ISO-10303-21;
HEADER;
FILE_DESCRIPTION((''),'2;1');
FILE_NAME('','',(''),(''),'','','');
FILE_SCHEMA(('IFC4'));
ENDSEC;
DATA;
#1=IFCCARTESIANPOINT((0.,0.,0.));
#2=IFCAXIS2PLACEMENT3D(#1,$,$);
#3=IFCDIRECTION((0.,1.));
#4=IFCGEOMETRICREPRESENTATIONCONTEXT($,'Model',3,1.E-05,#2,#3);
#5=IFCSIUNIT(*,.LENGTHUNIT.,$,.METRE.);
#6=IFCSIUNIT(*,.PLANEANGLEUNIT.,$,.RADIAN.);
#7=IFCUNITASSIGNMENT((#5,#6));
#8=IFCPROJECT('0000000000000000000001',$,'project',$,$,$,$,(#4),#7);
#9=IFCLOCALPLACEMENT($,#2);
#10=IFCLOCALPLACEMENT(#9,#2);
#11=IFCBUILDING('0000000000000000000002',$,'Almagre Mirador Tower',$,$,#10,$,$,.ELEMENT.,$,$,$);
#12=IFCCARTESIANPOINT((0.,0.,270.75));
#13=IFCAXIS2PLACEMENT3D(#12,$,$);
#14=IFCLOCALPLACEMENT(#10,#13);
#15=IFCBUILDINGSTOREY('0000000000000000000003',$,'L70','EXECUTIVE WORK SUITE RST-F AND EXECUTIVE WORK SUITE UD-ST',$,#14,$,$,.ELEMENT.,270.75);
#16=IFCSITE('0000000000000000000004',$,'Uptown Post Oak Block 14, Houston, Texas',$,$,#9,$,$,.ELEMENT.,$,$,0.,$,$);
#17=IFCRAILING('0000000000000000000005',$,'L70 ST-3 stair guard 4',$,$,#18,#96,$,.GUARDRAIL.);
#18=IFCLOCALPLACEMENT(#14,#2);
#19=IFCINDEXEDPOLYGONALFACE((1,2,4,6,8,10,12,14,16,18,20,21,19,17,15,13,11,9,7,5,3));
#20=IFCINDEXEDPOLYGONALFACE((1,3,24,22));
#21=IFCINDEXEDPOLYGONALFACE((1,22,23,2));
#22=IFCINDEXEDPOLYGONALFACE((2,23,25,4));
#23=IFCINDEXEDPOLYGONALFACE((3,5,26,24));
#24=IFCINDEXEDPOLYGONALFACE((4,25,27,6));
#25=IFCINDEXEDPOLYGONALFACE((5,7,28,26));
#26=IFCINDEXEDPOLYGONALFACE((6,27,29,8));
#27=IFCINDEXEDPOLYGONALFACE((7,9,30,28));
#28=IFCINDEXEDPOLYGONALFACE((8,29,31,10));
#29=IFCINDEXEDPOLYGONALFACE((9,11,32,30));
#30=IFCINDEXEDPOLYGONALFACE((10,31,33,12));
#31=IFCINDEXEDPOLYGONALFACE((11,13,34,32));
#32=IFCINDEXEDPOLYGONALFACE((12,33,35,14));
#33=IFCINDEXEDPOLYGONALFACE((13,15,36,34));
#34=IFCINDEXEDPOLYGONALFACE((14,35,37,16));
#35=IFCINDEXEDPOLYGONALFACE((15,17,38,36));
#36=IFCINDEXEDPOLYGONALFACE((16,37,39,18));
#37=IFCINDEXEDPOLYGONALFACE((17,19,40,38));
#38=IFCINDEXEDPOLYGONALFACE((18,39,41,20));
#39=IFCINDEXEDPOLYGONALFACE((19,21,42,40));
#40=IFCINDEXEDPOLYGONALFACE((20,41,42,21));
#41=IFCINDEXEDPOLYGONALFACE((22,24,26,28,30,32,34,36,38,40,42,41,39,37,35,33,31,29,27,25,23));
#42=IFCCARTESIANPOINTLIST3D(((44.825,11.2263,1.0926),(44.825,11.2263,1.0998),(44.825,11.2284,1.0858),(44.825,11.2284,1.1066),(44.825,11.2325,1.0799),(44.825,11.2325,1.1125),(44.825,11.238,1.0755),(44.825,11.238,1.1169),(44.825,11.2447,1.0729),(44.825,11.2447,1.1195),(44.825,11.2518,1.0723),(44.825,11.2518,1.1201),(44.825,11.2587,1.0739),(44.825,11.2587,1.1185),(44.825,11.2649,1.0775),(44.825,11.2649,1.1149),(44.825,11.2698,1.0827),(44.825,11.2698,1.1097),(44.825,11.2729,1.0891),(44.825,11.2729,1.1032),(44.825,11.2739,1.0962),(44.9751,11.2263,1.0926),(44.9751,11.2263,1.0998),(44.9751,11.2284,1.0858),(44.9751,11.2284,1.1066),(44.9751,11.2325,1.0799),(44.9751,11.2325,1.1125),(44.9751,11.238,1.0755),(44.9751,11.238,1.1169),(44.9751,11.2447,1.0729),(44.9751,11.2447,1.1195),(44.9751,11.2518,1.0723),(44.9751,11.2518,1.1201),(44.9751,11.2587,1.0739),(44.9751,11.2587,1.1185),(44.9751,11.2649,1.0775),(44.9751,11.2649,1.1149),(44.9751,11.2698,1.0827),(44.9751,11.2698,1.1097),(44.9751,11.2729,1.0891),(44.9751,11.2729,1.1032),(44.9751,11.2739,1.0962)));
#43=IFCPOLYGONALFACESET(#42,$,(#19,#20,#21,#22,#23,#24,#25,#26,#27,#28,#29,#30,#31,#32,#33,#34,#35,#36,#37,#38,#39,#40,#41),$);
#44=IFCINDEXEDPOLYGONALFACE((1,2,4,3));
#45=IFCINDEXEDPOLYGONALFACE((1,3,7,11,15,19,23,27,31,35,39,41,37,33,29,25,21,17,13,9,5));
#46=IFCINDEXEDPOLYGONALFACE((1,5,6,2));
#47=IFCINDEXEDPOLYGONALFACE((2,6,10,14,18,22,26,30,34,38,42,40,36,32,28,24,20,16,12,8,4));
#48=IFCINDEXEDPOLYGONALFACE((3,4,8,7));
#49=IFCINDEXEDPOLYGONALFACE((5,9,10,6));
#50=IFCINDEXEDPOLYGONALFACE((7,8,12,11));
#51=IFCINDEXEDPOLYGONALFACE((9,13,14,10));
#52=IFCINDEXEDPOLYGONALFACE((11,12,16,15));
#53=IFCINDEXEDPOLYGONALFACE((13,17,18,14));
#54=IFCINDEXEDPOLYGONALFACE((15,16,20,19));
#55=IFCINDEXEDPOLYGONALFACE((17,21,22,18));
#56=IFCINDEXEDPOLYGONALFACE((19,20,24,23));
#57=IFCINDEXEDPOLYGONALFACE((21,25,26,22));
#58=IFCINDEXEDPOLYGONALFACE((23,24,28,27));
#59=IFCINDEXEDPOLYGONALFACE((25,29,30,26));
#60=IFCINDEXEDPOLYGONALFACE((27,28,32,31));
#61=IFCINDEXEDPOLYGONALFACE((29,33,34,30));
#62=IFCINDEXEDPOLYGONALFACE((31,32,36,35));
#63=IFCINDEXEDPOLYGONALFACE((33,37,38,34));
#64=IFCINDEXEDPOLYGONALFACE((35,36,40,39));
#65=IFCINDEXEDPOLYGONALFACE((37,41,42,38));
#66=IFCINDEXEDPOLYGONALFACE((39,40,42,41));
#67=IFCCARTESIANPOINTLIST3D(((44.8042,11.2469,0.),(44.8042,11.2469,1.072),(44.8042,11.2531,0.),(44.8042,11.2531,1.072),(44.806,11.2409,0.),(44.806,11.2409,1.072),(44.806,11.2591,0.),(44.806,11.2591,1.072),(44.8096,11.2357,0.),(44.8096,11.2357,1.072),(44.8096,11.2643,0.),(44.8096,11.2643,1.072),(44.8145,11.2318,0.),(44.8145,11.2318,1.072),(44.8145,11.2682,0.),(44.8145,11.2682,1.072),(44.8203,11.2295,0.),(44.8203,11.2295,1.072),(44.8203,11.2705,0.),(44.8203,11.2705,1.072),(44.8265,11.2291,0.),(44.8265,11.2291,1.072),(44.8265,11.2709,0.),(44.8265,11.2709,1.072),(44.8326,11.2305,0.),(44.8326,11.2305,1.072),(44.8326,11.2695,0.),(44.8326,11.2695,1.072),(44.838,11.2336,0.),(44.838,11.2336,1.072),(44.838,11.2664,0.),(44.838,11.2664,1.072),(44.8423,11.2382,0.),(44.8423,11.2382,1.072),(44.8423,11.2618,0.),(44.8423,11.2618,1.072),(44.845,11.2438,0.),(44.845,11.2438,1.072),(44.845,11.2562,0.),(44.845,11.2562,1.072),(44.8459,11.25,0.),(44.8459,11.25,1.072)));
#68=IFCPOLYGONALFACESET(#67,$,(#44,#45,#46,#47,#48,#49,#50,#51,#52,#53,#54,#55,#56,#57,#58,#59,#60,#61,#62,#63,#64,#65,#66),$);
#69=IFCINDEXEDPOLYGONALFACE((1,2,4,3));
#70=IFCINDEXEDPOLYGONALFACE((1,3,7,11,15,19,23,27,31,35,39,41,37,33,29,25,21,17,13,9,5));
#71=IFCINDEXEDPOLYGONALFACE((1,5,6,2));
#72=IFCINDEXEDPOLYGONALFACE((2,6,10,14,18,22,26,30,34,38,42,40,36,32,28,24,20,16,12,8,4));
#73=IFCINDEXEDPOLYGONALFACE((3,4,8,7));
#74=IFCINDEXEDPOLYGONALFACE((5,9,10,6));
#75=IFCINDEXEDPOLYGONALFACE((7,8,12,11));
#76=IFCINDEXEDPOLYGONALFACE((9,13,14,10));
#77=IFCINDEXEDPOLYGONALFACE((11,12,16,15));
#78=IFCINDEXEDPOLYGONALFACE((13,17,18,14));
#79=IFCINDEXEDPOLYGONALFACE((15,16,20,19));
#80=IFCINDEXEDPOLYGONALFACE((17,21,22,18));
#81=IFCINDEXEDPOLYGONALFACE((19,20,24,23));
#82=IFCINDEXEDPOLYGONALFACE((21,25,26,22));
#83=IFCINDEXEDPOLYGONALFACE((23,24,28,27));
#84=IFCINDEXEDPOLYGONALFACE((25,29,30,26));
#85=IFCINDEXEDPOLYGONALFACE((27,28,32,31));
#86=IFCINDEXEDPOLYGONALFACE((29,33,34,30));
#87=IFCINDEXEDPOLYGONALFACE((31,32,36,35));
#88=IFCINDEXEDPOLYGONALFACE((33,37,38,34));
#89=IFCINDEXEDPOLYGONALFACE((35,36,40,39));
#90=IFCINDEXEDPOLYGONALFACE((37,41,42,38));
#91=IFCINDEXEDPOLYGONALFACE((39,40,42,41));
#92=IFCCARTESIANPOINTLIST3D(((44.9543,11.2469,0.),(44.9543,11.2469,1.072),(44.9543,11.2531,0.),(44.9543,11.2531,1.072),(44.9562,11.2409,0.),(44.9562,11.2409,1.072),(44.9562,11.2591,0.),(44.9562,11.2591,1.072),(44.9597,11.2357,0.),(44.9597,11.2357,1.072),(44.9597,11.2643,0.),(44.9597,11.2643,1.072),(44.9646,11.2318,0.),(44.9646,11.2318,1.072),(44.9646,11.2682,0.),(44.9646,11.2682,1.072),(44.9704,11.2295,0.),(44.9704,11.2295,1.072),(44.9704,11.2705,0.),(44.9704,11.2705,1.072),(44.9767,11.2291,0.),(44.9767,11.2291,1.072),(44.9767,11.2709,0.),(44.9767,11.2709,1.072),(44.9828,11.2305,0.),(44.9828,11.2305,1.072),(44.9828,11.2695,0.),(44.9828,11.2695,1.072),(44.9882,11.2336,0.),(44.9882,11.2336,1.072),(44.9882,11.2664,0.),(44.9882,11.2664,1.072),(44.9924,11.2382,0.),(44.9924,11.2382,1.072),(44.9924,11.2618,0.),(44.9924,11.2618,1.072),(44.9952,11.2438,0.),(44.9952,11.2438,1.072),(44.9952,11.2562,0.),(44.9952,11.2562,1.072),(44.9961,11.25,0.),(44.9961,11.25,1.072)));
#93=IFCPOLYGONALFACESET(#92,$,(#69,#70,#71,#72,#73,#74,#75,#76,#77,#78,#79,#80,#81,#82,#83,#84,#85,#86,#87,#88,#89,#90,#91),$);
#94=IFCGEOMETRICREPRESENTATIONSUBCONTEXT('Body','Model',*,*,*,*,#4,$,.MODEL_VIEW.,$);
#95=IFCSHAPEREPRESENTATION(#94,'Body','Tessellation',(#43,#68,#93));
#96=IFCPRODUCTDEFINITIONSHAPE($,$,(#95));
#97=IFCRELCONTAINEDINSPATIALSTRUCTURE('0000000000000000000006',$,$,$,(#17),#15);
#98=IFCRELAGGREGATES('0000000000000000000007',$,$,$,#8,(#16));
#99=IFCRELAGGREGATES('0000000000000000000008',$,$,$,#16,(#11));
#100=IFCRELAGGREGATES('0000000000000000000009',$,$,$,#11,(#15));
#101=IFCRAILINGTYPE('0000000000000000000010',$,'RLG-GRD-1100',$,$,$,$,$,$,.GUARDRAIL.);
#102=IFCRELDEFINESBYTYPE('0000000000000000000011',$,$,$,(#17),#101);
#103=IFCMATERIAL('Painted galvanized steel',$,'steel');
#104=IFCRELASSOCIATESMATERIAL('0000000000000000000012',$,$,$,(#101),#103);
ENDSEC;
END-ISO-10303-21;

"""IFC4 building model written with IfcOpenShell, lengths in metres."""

from ifc_helpers import new_model, si_unit, direction, frame, origin, origin_2d, place, context, subcontext, project, spatial, circle, extrude, material, type_object, element, save


model = new_model("IFC4")

# Units and contexts
model_context = context("Model", 3, precision=1e-05, world=origin(), true_north=direction((0.0, 1.0)))
body_context = subcontext(model_context, "Body", "Model", "MODEL_VIEW")
ifc_project = project(units=[si_unit("LENGTHUNIT", "METRE"), si_unit("PLANEANGLEUNIT", "RADIAN")], contexts=[model_context])

# Site, building, storey
site_placement = place(None, origin())
site = spatial("IfcSite", under=ifc_project, at=site_placement, Name="Uptown Post Oak Block 14, Houston, Texas", CompositionType="ELEMENT", RefElevation=0.0)
building_placement = place(site_placement, origin())
building = spatial("IfcBuilding", under=site, at=building_placement, Name="Almagre Mirador Tower", CompositionType="ELEMENT")
storey_placement = place(building_placement, frame((0.0, 0.0, 270.75)))
storey = spatial("IfcBuildingStorey", under=building, at=storey_placement, Name="L70", Description="EXECUTIVE WORK SUITE RST-F AND EXECUTIVE WORK SUITE UD-ST", CompositionType="ELEMENT", Elevation=270.75)

# Railing
ifc_material_1 = material(Name="Painted galvanized steel", Category="steel")
railing_type_1 = type_object("IfcRailingType", Name="RLG-GRD-1100", PredefinedType="GUARDRAIL", material=ifc_material_1)
railing_1_placement = place(storey_placement, frame((44.825, 11.25, 0.0)))
element("IfcRailing", 1, at=railing_1_placement, inside=storey, type_object=railing_type_1, Name="L70 ST-3 stair guard 4", PredefinedType="GUARDRAIL", context=body_context, shape_type="SweptSolid", body=[
    extrude(circle(Radius=0.0239, at=origin_2d()), frame((0.0, 0.0, 1.0962), z_axis=(1.0, 0.0, 0.0), x_axis=(0.0, 1.0, 0.0)), (0.0, 0.0, 1.0), 0.1501),
    extrude(circle(Radius=0.021, at=origin_2d()), origin(), (0.0, 0.0, 1.0), 1.072),
    extrude(circle(Radius=0.021, at=origin_2d()), frame((0.1501, 0.0, 0.0)), (0.0, 0.0, 1.0), 1.072),
])

save(model, "model.ifc")
